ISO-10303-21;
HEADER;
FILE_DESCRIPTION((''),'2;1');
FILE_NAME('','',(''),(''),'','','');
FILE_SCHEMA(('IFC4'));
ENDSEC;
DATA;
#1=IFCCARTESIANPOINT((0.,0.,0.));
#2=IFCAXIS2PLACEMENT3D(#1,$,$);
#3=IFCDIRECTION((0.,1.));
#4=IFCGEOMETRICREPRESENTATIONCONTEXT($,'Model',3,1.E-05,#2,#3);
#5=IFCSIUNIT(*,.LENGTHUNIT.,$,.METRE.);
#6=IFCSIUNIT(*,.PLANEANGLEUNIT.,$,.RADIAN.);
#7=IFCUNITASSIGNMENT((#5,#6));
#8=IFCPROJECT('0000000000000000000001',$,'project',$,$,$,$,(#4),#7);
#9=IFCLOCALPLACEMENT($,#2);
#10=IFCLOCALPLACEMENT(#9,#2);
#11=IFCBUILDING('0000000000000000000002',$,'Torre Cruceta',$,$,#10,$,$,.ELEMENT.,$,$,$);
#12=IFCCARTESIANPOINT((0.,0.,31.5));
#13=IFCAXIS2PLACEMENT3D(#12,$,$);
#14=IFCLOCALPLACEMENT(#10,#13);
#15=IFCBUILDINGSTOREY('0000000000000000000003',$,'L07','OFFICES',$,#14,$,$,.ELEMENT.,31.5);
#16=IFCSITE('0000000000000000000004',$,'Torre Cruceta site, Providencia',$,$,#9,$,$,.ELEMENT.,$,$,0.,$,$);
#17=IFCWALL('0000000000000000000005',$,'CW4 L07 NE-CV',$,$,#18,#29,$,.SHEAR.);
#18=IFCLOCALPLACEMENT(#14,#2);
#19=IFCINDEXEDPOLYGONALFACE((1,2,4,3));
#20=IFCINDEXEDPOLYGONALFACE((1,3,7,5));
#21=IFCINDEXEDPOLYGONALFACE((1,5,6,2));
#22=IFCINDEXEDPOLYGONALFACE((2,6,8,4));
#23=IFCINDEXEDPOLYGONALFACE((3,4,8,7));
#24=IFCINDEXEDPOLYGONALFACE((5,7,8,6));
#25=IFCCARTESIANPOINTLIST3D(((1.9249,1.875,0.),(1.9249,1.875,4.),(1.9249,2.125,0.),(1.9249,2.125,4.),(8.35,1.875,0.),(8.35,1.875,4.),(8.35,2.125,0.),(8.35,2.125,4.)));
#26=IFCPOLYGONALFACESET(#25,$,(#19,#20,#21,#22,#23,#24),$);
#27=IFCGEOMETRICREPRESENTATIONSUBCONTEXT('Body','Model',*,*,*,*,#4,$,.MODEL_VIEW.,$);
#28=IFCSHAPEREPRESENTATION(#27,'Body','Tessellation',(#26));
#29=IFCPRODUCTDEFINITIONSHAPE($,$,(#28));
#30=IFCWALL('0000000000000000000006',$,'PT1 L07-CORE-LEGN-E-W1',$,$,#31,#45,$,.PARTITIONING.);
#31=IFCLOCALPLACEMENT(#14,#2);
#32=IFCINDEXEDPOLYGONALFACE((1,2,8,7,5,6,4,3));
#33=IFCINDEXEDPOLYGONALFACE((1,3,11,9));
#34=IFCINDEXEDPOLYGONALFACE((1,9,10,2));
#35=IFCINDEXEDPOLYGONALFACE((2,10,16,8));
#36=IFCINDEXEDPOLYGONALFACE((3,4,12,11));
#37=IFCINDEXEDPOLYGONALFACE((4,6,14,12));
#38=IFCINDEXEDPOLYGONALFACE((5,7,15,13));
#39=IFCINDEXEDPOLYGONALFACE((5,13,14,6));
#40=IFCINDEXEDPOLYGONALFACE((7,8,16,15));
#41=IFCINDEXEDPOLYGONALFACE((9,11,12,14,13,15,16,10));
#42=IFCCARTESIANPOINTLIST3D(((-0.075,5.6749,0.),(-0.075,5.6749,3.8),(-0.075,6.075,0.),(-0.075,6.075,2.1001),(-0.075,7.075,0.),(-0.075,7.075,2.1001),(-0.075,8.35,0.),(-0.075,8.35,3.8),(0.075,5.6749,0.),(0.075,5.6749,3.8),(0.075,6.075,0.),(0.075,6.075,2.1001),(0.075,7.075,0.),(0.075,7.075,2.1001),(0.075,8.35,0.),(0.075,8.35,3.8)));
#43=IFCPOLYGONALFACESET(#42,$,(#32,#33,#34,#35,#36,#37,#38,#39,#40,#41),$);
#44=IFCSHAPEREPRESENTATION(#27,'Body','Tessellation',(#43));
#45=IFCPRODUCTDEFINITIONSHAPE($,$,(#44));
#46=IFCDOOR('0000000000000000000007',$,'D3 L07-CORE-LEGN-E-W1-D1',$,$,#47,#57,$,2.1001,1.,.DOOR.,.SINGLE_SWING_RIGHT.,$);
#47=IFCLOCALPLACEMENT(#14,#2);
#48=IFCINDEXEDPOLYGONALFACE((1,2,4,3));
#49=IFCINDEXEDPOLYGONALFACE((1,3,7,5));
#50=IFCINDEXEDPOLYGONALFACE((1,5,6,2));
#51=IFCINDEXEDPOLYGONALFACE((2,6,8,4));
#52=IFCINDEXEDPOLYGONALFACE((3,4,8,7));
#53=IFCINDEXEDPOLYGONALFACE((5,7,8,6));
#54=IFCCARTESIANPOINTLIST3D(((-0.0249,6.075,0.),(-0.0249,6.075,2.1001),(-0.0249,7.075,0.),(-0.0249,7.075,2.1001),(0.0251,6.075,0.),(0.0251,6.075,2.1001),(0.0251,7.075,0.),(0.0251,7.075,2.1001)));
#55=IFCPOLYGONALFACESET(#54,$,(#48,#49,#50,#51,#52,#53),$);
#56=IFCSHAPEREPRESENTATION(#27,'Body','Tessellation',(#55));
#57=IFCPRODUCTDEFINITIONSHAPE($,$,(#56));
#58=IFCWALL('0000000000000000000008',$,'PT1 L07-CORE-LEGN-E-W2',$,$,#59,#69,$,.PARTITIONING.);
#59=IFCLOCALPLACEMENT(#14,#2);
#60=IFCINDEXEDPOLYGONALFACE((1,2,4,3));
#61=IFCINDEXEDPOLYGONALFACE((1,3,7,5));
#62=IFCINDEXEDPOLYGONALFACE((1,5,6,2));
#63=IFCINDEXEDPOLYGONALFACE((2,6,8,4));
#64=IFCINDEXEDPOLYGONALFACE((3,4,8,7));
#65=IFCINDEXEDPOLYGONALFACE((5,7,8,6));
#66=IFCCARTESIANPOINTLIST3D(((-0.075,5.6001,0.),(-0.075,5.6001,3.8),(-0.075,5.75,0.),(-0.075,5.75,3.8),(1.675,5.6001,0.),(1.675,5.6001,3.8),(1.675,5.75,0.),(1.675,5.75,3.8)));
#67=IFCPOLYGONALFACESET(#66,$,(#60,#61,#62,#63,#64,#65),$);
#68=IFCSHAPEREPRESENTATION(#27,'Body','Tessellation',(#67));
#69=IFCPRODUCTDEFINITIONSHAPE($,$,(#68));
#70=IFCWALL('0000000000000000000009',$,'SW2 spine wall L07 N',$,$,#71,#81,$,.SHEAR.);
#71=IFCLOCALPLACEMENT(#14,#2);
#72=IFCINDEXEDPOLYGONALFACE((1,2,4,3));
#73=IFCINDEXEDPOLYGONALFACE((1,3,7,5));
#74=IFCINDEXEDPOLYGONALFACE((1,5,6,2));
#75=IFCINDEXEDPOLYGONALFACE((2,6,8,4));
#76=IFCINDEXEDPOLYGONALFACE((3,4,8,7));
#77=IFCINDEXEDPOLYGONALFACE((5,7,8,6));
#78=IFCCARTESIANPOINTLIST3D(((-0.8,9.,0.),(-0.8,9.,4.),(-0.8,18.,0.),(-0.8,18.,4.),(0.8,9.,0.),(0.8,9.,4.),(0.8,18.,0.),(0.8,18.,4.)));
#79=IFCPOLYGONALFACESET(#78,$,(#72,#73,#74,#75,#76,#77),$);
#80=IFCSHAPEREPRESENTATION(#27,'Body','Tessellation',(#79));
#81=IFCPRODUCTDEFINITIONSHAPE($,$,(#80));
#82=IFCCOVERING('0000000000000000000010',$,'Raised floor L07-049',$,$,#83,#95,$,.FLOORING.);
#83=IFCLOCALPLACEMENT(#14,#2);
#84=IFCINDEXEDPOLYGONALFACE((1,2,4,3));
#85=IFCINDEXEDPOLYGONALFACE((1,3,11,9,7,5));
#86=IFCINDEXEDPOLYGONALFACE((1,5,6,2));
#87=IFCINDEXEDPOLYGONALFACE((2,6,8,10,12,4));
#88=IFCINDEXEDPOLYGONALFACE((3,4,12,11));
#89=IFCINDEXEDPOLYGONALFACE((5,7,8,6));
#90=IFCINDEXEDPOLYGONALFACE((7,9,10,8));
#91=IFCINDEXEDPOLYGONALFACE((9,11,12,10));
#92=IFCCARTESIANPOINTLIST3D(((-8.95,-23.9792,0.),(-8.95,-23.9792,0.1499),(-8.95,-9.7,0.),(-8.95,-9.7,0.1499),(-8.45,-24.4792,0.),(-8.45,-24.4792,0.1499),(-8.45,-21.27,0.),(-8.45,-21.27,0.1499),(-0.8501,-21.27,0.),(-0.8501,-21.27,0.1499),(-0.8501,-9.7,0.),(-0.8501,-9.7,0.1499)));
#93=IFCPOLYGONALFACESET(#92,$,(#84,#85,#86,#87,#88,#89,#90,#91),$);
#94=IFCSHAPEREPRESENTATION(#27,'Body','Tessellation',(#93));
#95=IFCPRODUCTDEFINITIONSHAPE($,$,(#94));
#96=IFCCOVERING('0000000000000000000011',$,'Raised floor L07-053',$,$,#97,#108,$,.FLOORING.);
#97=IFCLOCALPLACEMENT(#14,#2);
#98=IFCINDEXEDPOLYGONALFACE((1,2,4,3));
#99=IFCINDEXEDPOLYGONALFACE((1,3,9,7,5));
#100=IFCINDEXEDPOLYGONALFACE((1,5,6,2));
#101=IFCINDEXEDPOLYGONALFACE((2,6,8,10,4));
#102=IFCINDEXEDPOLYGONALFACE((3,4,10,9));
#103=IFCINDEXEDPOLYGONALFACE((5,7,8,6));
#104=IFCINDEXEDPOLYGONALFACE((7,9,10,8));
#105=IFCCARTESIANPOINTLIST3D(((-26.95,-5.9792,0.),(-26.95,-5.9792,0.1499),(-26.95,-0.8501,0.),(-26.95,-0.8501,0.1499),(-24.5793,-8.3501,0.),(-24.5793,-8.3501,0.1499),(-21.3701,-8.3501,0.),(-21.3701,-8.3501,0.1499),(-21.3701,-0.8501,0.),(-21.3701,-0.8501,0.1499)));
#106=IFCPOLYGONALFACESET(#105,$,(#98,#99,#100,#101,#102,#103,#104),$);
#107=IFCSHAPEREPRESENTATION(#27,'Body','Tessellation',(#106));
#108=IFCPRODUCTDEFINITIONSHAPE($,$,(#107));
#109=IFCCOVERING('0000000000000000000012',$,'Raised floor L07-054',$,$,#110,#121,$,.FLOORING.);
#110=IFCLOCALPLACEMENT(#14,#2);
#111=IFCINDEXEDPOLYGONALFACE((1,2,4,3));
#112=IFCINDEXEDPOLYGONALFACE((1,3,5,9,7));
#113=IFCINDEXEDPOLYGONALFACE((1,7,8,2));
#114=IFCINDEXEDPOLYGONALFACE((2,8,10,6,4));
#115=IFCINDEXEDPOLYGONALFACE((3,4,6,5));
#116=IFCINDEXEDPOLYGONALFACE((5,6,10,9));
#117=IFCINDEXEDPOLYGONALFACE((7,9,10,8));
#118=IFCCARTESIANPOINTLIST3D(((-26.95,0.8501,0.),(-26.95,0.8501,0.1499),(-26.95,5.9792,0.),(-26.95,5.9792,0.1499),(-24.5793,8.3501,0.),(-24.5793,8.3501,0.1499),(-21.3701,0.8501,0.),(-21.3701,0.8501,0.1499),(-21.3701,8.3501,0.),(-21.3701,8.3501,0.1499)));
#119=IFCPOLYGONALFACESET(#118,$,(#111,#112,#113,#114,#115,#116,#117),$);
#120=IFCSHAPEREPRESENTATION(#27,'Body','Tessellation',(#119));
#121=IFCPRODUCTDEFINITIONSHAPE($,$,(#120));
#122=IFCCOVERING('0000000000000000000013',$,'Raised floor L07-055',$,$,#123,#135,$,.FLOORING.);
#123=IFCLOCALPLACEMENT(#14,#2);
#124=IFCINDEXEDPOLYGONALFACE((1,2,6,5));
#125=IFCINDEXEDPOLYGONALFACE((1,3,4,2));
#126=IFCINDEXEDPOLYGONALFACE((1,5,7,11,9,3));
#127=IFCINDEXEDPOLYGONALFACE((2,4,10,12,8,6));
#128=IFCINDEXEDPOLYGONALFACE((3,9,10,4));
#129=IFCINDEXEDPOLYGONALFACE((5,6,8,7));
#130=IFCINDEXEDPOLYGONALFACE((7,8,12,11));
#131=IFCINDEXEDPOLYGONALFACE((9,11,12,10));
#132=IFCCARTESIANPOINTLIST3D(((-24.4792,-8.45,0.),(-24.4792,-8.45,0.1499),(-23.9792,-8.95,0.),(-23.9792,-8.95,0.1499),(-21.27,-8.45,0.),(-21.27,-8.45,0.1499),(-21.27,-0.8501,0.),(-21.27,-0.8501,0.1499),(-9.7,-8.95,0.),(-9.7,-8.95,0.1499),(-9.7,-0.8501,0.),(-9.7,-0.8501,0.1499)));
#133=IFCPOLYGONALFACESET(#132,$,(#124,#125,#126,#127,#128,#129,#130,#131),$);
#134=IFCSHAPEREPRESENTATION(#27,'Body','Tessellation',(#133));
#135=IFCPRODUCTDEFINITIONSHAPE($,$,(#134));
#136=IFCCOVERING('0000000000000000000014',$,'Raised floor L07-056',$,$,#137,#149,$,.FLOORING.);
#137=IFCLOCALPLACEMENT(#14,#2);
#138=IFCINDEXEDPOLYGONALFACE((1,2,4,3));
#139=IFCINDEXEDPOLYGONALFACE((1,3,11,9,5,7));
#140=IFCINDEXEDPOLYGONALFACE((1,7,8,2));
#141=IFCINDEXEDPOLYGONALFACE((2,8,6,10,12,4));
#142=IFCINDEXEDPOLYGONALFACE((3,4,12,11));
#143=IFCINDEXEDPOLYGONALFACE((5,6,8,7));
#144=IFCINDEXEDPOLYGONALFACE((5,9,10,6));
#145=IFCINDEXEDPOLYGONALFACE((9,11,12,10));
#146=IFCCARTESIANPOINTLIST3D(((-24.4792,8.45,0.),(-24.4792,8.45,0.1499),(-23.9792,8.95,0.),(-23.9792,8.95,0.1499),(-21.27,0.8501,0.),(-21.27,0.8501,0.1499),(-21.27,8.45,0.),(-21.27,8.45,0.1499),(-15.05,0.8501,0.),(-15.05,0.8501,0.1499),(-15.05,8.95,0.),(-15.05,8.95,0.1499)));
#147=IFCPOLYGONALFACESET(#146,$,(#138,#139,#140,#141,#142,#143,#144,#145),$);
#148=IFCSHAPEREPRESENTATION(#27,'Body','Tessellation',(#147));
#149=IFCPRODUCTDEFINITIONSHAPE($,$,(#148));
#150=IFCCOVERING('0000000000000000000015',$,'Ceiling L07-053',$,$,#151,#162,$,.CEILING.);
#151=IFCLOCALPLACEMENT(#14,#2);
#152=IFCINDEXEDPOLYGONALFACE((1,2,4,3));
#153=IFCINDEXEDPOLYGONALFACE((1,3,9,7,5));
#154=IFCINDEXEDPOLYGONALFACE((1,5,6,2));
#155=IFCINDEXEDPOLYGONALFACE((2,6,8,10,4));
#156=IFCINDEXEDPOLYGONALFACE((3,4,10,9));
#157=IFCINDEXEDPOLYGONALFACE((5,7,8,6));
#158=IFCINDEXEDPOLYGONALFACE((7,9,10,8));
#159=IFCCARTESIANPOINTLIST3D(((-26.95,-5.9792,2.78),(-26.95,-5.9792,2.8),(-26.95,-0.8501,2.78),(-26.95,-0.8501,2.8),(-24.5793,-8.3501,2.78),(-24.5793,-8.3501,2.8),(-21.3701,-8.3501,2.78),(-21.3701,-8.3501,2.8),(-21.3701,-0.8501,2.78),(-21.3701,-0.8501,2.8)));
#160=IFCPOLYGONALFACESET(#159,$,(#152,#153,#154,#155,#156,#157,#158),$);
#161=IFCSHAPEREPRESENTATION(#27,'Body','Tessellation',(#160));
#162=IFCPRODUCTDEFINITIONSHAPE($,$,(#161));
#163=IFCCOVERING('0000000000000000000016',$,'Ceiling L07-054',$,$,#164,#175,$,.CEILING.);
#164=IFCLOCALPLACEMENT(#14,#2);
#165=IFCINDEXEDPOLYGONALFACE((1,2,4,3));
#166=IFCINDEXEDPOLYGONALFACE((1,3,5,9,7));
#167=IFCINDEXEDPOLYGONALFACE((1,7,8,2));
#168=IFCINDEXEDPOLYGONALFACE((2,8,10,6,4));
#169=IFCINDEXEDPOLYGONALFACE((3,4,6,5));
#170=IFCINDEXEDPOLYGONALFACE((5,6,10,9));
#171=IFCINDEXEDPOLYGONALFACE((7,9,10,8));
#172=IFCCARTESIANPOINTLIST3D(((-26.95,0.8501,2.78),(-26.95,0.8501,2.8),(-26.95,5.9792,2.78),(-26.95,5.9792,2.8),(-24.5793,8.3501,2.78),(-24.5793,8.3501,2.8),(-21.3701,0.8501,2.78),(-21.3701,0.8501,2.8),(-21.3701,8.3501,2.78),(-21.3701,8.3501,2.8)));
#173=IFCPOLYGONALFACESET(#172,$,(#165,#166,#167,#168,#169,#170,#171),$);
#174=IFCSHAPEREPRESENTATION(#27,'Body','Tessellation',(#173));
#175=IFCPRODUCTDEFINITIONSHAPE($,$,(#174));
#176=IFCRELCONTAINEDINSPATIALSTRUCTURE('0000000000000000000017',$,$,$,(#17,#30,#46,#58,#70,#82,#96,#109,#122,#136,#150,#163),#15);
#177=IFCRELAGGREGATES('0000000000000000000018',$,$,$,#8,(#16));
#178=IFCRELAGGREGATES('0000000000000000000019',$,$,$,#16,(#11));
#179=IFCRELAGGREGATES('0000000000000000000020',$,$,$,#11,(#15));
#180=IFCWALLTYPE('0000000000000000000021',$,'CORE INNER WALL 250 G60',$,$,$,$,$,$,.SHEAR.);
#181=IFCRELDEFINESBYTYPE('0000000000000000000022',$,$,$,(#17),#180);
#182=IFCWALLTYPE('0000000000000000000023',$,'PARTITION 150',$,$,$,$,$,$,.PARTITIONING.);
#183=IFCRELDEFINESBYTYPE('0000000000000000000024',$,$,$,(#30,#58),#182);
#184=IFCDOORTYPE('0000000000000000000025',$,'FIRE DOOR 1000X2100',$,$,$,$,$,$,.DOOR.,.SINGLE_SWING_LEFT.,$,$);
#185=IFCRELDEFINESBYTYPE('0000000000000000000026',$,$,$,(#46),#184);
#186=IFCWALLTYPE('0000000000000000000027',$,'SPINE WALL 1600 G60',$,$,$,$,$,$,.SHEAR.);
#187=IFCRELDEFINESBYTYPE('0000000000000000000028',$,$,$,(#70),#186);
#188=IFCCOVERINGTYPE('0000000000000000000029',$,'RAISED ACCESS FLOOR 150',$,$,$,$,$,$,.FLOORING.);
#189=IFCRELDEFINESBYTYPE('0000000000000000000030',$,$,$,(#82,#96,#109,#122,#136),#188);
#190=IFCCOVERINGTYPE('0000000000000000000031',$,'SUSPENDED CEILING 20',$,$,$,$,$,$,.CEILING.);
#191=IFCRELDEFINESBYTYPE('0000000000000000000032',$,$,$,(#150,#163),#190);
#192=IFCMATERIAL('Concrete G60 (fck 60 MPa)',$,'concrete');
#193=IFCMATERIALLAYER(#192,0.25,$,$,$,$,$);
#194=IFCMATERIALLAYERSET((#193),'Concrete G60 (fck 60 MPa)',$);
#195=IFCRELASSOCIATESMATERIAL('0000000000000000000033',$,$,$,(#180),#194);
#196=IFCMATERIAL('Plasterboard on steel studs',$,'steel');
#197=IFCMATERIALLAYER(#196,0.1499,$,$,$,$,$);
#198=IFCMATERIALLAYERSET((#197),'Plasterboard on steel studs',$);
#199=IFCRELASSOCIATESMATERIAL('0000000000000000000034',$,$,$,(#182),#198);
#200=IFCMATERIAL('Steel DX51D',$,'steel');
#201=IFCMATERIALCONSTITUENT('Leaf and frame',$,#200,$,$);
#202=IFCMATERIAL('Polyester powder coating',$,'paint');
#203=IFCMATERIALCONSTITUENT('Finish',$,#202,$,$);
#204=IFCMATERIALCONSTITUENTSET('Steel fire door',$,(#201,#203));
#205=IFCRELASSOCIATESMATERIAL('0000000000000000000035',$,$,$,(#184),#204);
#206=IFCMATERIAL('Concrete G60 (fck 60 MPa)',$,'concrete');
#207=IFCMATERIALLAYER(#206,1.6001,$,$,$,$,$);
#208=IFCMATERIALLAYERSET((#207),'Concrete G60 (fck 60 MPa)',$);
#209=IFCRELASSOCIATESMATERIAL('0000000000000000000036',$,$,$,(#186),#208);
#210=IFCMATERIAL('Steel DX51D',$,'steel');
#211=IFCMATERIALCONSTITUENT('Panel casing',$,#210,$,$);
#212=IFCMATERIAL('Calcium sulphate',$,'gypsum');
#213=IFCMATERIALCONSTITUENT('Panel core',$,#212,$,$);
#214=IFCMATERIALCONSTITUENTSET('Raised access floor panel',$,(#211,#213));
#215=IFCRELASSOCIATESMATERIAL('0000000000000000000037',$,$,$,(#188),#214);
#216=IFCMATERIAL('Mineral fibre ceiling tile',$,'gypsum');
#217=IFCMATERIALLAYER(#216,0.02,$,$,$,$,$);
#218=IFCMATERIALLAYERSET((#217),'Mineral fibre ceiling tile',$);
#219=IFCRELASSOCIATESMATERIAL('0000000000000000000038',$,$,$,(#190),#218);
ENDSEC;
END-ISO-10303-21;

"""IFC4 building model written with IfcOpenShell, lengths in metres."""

from ifc_helpers import new_model, si_unit, direction, frame, frame_2d, origin, place, context, subcontext, project, spatial, polyline, rectangle, outline, extrude, material, layer, layer_set, constituent, constituent_set, type_object, element, fill, save


model = new_model("IFC4")

# Units and contexts
model_context = context("Model", 3, precision=1e-05, world=origin(), true_north=direction((0.0, 1.0)))
body_context = subcontext(model_context, "Body", "Model", "MODEL_VIEW")
ifc_project = project(units=[si_unit("LENGTHUNIT", "METRE"), si_unit("PLANEANGLEUNIT", "RADIAN")], contexts=[model_context])

# Site, building, storey
site_placement = place(None, origin())
site = spatial("IfcSite", under=ifc_project, at=site_placement, Name="Torre Cruceta site, Providencia", CompositionType="ELEMENT", RefElevation=0.0)
building_placement = place(site_placement, origin())
building = spatial("IfcBuilding", under=site, at=building_placement, Name="Torre Cruceta", CompositionType="ELEMENT")
storey_placement = place(building_placement, frame((0.0, 0.0, 31.5)))
storey = spatial("IfcBuildingStorey", under=building, at=storey_placement, Name="L07", Description="OFFICES", CompositionType="ELEMENT", Elevation=31.5)

# Shared definitions
ifc_material_1 = material(Name="Concrete G60 (fck 60 MPa)", Category="concrete")
ifc_layer_1 = layer(ifc_material_1, 0.25)
ifc_layer_set_1 = layer_set([ifc_layer_1], Name="Concrete G60 (fck 60 MPa)")
wall_type_1 = type_object("IfcWallType", Name="CORE INNER WALL 250 G60", PredefinedType="SHEAR", material=ifc_layer_set_1)

# Wall
wall_1_placement = place(storey_placement, frame((1.925, 2.0, 0.0), z_axis=(0.0, 0.0, 1.0), x_axis=(1.0, 0.0, 0.0)))
element("IfcWall", 1, at=wall_1_placement, inside=storey, type_object=wall_type_1, Name="CW4 L07 NE-CV", PredefinedType="SHEAR", context=body_context, shape_type="SweptSolid", body=[
    extrude(rectangle(XDim=6.425, YDim=0.25, at=frame_2d((3.2124, 0.0))), origin(), (0.0, 0.0, 1.0), 4.0),
])

# Wall, opening, door
ifc_material_2 = material(Name="Plasterboard on steel studs", Category="steel")
ifc_layer_2 = layer(ifc_material_2, 0.1499)
ifc_layer_set_2 = layer_set([ifc_layer_2], Name="Plasterboard on steel studs")
wall_type_2 = type_object("IfcWallType", Name="PARTITION 150", PredefinedType="PARTITIONING", material=ifc_layer_set_2)
wall_2_placement = place(storey_placement, frame((0.0, 5.675, 0.0), z_axis=(0.0, 0.0, 1.0), x_axis=(0.0, 1.0, 0.0)))
wall_2 = element("IfcWall", 2, at=wall_2_placement, inside=storey, type_object=wall_type_2, Name="PT1 L07-CORE-LEGN-E-W1", PredefinedType="PARTITIONING", context=body_context, shape_type="SweptSolid", body=[
    extrude(rectangle(XDim=2.675, YDim=0.1499, at=frame_2d((1.3374, 0.0))), origin(), (0.0, 0.0, 1.0), 3.8),
])
opening_1_placement = place(wall_2_placement, frame((0.3999, 0.0, 0.0)))
opening_1 = element("IfcOpeningElement", 3, at=opening_1_placement, cuts=wall_2, PredefinedType="OPENING", context=body_context, shape_type="SweptSolid", body=[
    extrude(rectangle(XDim=1.0, YDim=2.1001, at=frame_2d((0.5, 1.05))), frame((0.0, 0.085, 0.0), z_axis=(0.0, -1.0, 0.0), x_axis=(1.0, 0.0, 0.0)), (0.0, 0.0, 1.0), 0.1699),
])
ifc_material_3 = material(Name="Steel DX51D", Category="steel")
ifc_constituent_1 = constituent(ifc_material_3, Name="Leaf and frame")
ifc_material_4 = material(Name="Polyester powder coating", Category="paint")
ifc_constituent_2 = constituent(ifc_material_4, Name="Finish")
ifc_constituent_set_1 = constituent_set(constituents=[ifc_constituent_1, ifc_constituent_2], Name="Steel fire door")
door_type_1 = type_object("IfcDoorType", Name="FIRE DOOR 1000X2100", OperationType="SINGLE_SWING_LEFT", PredefinedType="DOOR", material=ifc_constituent_set_1)
door_1_placement = place(opening_1_placement, frame((1.0, 0.0, 0.0), z_axis=(0.0, 0.0, 1.0), x_axis=(-1.0, 0.0, 0.0)))
door_1 = element("IfcDoor", 4, at=door_1_placement, inside=storey, type_object=door_type_1, Name="D3 L07-CORE-LEGN-E-W1-D1", OperationType="SINGLE_SWING_RIGHT", OverallHeight=2.1001, OverallWidth=1.0, PredefinedType="DOOR", context=body_context, shape_type="SweptSolid", body=[
    extrude(rectangle(XDim=1.0, YDim=2.1001, at=frame_2d((0.5, 1.05))), frame((0.0, 0.0251, 0.0), z_axis=(0.0, -1.0, 0.0), x_axis=(1.0, 0.0, 0.0)), (0.0, 0.0, 1.0), 0.05),
])
fill(opening_1, door_1)

# Walls
wall_3_placement = place(storey_placement, frame((1.675, 5.675, 0.0), z_axis=(0.0, 0.0, 1.0), x_axis=(-1.0, 0.0, 0.0)))
element("IfcWall", 5, at=wall_3_placement, inside=storey, type_object=wall_type_2, Name="PT1 L07-CORE-LEGN-E-W2", PredefinedType="PARTITIONING", context=body_context, shape_type="SweptSolid", body=[
    extrude(rectangle(XDim=1.75, YDim=0.1499, at=frame_2d((0.875, 0.0))), origin(), (0.0, 0.0, 1.0), 3.8),
])
ifc_material_5 = material(Name="Concrete G60 (fck 60 MPa)", Category="concrete")
ifc_layer_3 = layer(ifc_material_5, 1.6001)
ifc_layer_set_3 = layer_set([ifc_layer_3], Name="Concrete G60 (fck 60 MPa)")
wall_type_3 = type_object("IfcWallType", Name="SPINE WALL 1600 G60", PredefinedType="SHEAR", material=ifc_layer_set_3)
wall_4_placement = place(storey_placement, frame((0.0, 9.0, 0.0), z_axis=(0.0, 0.0, 1.0), x_axis=(0.0, 1.0, 0.0)))
element("IfcWall", 6, at=wall_4_placement, inside=storey, type_object=wall_type_3, Name="SW2 spine wall L07 N", PredefinedType="SHEAR", context=body_context, shape_type="SweptSolid", body=[
    extrude(rectangle(XDim=9.0, YDim=1.6001, at=frame_2d((4.5, 0.0))), origin(), (0.0, 0.0, 1.0), 4.0),
])

# Coverings
ifc_material_6 = material(Name="Steel DX51D", Category="steel")
ifc_constituent_3 = constituent(ifc_material_6, Name="Panel casing")
ifc_material_7 = material(Name="Calcium sulphate", Category="gypsum")
ifc_constituent_4 = constituent(ifc_material_7, Name="Panel core")
ifc_constituent_set_2 = constituent_set(constituents=[ifc_constituent_3, ifc_constituent_4], Name="Raised access floor panel")
covering_type_1 = type_object("IfcCoveringType", Name="RAISED ACCESS FLOOR 150", PredefinedType="FLOORING", material=ifc_constituent_set_2)
covering_1_placement = place(storey_placement, origin())
element("IfcCovering", 7, at=covering_1_placement, inside=storey, type_object=covering_type_1, Name="Raised floor L07-049", PredefinedType="FLOORING", context=body_context, shape_type="SweptSolid", body=[
    extrude(outline(polyline([(-8.45, -21.27), (-8.45, -24.4792), (-8.95, -23.9792), (-8.95, -9.7), (-0.8501, -9.7), (-0.8501, -21.27), (-8.45, -21.27)])), origin(), (0.0, 0.0, 1.0), 0.1499),
])
covering_2_placement = place(storey_placement, origin())
element("IfcCovering", 8, at=covering_2_placement, inside=storey, type_object=covering_type_1, Name="Raised floor L07-053", PredefinedType="FLOORING", context=body_context, shape_type="SweptSolid", body=[
    extrude(outline(polyline([(-26.95, -0.8501), (-21.3701, -0.8501), (-21.3701, -8.3501), (-24.5793, -8.3501), (-26.95, -5.9792), (-26.95, -0.8501)])), origin(), (0.0, 0.0, 1.0), 0.1499),
])
covering_3_placement = place(storey_placement, origin())
element("IfcCovering", 9, at=covering_3_placement, inside=storey, type_object=covering_type_1, Name="Raised floor L07-054", PredefinedType="FLOORING", context=body_context, shape_type="SweptSolid", body=[
    extrude(outline(polyline([(-24.5793, 8.3501), (-21.3701, 8.3501), (-21.3701, 0.8501), (-26.95, 0.8501), (-26.95, 5.9792), (-24.5793, 8.3501)])), origin(), (0.0, 0.0, 1.0), 0.1499),
])
covering_4_placement = place(storey_placement, origin())
element("IfcCovering", 10, at=covering_4_placement, inside=storey, type_object=covering_type_1, Name="Raised floor L07-055", PredefinedType="FLOORING", context=body_context, shape_type="SweptSolid", body=[
    extrude(outline(polyline([(-21.27, -8.45), (-21.27, -0.8501), (-9.7, -0.8501), (-9.7, -8.95), (-23.9792, -8.95), (-24.4792, -8.45), (-21.27, -8.45)])), origin(), (0.0, 0.0, 1.0), 0.1499),
])
covering_5_placement = place(storey_placement, origin())
element("IfcCovering", 11, at=covering_5_placement, inside=storey, type_object=covering_type_1, Name="Raised floor L07-056", PredefinedType="FLOORING", context=body_context, shape_type="SweptSolid", body=[
    extrude(outline(polyline([(-21.27, 8.45), (-24.4792, 8.45), (-23.9792, 8.95), (-15.05, 8.95), (-15.05, 0.8501), (-21.27, 0.8501), (-21.27, 8.45)])), origin(), (0.0, 0.0, 1.0), 0.1499),
])
ifc_material_8 = material(Name="Mineral fibre ceiling tile", Category="gypsum")
ifc_layer_4 = layer(ifc_material_8, 0.02)
ifc_layer_set_4 = layer_set([ifc_layer_4], Name="Mineral fibre ceiling tile")
covering_type_2 = type_object("IfcCoveringType", Name="SUSPENDED CEILING 20", PredefinedType="CEILING", material=ifc_layer_set_4)
covering_6_placement = place(storey_placement, frame((0.0, 0.0, 2.78)))
element("IfcCovering", 12, at=covering_6_placement, inside=storey, type_object=covering_type_2, Name="Ceiling L07-053", PredefinedType="CEILING", context=body_context, shape_type="SweptSolid", body=[
    extrude(outline(polyline([(-26.95, -0.8501), (-21.3701, -0.8501), (-21.3701, -8.3501), (-24.5793, -8.3501), (-26.95, -5.9792), (-26.95, -0.8501)])), origin(), (0.0, 0.0, 1.0), 0.02),
])
covering_7_placement = place(storey_placement, frame((0.0, 0.0, 2.78)))
element("IfcCovering", 13, at=covering_7_placement, inside=storey, type_object=covering_type_2, Name="Ceiling L07-054", PredefinedType="CEILING", context=body_context, shape_type="SweptSolid", body=[
    extrude(outline(polyline([(-24.5793, 8.3501), (-21.3701, 8.3501), (-21.3701, 0.8501), (-26.95, 0.8501), (-26.95, 5.9792), (-24.5793, 8.3501)])), origin(), (0.0, 0.0, 1.0), 0.02),
])

save(model, "model.ifc")
